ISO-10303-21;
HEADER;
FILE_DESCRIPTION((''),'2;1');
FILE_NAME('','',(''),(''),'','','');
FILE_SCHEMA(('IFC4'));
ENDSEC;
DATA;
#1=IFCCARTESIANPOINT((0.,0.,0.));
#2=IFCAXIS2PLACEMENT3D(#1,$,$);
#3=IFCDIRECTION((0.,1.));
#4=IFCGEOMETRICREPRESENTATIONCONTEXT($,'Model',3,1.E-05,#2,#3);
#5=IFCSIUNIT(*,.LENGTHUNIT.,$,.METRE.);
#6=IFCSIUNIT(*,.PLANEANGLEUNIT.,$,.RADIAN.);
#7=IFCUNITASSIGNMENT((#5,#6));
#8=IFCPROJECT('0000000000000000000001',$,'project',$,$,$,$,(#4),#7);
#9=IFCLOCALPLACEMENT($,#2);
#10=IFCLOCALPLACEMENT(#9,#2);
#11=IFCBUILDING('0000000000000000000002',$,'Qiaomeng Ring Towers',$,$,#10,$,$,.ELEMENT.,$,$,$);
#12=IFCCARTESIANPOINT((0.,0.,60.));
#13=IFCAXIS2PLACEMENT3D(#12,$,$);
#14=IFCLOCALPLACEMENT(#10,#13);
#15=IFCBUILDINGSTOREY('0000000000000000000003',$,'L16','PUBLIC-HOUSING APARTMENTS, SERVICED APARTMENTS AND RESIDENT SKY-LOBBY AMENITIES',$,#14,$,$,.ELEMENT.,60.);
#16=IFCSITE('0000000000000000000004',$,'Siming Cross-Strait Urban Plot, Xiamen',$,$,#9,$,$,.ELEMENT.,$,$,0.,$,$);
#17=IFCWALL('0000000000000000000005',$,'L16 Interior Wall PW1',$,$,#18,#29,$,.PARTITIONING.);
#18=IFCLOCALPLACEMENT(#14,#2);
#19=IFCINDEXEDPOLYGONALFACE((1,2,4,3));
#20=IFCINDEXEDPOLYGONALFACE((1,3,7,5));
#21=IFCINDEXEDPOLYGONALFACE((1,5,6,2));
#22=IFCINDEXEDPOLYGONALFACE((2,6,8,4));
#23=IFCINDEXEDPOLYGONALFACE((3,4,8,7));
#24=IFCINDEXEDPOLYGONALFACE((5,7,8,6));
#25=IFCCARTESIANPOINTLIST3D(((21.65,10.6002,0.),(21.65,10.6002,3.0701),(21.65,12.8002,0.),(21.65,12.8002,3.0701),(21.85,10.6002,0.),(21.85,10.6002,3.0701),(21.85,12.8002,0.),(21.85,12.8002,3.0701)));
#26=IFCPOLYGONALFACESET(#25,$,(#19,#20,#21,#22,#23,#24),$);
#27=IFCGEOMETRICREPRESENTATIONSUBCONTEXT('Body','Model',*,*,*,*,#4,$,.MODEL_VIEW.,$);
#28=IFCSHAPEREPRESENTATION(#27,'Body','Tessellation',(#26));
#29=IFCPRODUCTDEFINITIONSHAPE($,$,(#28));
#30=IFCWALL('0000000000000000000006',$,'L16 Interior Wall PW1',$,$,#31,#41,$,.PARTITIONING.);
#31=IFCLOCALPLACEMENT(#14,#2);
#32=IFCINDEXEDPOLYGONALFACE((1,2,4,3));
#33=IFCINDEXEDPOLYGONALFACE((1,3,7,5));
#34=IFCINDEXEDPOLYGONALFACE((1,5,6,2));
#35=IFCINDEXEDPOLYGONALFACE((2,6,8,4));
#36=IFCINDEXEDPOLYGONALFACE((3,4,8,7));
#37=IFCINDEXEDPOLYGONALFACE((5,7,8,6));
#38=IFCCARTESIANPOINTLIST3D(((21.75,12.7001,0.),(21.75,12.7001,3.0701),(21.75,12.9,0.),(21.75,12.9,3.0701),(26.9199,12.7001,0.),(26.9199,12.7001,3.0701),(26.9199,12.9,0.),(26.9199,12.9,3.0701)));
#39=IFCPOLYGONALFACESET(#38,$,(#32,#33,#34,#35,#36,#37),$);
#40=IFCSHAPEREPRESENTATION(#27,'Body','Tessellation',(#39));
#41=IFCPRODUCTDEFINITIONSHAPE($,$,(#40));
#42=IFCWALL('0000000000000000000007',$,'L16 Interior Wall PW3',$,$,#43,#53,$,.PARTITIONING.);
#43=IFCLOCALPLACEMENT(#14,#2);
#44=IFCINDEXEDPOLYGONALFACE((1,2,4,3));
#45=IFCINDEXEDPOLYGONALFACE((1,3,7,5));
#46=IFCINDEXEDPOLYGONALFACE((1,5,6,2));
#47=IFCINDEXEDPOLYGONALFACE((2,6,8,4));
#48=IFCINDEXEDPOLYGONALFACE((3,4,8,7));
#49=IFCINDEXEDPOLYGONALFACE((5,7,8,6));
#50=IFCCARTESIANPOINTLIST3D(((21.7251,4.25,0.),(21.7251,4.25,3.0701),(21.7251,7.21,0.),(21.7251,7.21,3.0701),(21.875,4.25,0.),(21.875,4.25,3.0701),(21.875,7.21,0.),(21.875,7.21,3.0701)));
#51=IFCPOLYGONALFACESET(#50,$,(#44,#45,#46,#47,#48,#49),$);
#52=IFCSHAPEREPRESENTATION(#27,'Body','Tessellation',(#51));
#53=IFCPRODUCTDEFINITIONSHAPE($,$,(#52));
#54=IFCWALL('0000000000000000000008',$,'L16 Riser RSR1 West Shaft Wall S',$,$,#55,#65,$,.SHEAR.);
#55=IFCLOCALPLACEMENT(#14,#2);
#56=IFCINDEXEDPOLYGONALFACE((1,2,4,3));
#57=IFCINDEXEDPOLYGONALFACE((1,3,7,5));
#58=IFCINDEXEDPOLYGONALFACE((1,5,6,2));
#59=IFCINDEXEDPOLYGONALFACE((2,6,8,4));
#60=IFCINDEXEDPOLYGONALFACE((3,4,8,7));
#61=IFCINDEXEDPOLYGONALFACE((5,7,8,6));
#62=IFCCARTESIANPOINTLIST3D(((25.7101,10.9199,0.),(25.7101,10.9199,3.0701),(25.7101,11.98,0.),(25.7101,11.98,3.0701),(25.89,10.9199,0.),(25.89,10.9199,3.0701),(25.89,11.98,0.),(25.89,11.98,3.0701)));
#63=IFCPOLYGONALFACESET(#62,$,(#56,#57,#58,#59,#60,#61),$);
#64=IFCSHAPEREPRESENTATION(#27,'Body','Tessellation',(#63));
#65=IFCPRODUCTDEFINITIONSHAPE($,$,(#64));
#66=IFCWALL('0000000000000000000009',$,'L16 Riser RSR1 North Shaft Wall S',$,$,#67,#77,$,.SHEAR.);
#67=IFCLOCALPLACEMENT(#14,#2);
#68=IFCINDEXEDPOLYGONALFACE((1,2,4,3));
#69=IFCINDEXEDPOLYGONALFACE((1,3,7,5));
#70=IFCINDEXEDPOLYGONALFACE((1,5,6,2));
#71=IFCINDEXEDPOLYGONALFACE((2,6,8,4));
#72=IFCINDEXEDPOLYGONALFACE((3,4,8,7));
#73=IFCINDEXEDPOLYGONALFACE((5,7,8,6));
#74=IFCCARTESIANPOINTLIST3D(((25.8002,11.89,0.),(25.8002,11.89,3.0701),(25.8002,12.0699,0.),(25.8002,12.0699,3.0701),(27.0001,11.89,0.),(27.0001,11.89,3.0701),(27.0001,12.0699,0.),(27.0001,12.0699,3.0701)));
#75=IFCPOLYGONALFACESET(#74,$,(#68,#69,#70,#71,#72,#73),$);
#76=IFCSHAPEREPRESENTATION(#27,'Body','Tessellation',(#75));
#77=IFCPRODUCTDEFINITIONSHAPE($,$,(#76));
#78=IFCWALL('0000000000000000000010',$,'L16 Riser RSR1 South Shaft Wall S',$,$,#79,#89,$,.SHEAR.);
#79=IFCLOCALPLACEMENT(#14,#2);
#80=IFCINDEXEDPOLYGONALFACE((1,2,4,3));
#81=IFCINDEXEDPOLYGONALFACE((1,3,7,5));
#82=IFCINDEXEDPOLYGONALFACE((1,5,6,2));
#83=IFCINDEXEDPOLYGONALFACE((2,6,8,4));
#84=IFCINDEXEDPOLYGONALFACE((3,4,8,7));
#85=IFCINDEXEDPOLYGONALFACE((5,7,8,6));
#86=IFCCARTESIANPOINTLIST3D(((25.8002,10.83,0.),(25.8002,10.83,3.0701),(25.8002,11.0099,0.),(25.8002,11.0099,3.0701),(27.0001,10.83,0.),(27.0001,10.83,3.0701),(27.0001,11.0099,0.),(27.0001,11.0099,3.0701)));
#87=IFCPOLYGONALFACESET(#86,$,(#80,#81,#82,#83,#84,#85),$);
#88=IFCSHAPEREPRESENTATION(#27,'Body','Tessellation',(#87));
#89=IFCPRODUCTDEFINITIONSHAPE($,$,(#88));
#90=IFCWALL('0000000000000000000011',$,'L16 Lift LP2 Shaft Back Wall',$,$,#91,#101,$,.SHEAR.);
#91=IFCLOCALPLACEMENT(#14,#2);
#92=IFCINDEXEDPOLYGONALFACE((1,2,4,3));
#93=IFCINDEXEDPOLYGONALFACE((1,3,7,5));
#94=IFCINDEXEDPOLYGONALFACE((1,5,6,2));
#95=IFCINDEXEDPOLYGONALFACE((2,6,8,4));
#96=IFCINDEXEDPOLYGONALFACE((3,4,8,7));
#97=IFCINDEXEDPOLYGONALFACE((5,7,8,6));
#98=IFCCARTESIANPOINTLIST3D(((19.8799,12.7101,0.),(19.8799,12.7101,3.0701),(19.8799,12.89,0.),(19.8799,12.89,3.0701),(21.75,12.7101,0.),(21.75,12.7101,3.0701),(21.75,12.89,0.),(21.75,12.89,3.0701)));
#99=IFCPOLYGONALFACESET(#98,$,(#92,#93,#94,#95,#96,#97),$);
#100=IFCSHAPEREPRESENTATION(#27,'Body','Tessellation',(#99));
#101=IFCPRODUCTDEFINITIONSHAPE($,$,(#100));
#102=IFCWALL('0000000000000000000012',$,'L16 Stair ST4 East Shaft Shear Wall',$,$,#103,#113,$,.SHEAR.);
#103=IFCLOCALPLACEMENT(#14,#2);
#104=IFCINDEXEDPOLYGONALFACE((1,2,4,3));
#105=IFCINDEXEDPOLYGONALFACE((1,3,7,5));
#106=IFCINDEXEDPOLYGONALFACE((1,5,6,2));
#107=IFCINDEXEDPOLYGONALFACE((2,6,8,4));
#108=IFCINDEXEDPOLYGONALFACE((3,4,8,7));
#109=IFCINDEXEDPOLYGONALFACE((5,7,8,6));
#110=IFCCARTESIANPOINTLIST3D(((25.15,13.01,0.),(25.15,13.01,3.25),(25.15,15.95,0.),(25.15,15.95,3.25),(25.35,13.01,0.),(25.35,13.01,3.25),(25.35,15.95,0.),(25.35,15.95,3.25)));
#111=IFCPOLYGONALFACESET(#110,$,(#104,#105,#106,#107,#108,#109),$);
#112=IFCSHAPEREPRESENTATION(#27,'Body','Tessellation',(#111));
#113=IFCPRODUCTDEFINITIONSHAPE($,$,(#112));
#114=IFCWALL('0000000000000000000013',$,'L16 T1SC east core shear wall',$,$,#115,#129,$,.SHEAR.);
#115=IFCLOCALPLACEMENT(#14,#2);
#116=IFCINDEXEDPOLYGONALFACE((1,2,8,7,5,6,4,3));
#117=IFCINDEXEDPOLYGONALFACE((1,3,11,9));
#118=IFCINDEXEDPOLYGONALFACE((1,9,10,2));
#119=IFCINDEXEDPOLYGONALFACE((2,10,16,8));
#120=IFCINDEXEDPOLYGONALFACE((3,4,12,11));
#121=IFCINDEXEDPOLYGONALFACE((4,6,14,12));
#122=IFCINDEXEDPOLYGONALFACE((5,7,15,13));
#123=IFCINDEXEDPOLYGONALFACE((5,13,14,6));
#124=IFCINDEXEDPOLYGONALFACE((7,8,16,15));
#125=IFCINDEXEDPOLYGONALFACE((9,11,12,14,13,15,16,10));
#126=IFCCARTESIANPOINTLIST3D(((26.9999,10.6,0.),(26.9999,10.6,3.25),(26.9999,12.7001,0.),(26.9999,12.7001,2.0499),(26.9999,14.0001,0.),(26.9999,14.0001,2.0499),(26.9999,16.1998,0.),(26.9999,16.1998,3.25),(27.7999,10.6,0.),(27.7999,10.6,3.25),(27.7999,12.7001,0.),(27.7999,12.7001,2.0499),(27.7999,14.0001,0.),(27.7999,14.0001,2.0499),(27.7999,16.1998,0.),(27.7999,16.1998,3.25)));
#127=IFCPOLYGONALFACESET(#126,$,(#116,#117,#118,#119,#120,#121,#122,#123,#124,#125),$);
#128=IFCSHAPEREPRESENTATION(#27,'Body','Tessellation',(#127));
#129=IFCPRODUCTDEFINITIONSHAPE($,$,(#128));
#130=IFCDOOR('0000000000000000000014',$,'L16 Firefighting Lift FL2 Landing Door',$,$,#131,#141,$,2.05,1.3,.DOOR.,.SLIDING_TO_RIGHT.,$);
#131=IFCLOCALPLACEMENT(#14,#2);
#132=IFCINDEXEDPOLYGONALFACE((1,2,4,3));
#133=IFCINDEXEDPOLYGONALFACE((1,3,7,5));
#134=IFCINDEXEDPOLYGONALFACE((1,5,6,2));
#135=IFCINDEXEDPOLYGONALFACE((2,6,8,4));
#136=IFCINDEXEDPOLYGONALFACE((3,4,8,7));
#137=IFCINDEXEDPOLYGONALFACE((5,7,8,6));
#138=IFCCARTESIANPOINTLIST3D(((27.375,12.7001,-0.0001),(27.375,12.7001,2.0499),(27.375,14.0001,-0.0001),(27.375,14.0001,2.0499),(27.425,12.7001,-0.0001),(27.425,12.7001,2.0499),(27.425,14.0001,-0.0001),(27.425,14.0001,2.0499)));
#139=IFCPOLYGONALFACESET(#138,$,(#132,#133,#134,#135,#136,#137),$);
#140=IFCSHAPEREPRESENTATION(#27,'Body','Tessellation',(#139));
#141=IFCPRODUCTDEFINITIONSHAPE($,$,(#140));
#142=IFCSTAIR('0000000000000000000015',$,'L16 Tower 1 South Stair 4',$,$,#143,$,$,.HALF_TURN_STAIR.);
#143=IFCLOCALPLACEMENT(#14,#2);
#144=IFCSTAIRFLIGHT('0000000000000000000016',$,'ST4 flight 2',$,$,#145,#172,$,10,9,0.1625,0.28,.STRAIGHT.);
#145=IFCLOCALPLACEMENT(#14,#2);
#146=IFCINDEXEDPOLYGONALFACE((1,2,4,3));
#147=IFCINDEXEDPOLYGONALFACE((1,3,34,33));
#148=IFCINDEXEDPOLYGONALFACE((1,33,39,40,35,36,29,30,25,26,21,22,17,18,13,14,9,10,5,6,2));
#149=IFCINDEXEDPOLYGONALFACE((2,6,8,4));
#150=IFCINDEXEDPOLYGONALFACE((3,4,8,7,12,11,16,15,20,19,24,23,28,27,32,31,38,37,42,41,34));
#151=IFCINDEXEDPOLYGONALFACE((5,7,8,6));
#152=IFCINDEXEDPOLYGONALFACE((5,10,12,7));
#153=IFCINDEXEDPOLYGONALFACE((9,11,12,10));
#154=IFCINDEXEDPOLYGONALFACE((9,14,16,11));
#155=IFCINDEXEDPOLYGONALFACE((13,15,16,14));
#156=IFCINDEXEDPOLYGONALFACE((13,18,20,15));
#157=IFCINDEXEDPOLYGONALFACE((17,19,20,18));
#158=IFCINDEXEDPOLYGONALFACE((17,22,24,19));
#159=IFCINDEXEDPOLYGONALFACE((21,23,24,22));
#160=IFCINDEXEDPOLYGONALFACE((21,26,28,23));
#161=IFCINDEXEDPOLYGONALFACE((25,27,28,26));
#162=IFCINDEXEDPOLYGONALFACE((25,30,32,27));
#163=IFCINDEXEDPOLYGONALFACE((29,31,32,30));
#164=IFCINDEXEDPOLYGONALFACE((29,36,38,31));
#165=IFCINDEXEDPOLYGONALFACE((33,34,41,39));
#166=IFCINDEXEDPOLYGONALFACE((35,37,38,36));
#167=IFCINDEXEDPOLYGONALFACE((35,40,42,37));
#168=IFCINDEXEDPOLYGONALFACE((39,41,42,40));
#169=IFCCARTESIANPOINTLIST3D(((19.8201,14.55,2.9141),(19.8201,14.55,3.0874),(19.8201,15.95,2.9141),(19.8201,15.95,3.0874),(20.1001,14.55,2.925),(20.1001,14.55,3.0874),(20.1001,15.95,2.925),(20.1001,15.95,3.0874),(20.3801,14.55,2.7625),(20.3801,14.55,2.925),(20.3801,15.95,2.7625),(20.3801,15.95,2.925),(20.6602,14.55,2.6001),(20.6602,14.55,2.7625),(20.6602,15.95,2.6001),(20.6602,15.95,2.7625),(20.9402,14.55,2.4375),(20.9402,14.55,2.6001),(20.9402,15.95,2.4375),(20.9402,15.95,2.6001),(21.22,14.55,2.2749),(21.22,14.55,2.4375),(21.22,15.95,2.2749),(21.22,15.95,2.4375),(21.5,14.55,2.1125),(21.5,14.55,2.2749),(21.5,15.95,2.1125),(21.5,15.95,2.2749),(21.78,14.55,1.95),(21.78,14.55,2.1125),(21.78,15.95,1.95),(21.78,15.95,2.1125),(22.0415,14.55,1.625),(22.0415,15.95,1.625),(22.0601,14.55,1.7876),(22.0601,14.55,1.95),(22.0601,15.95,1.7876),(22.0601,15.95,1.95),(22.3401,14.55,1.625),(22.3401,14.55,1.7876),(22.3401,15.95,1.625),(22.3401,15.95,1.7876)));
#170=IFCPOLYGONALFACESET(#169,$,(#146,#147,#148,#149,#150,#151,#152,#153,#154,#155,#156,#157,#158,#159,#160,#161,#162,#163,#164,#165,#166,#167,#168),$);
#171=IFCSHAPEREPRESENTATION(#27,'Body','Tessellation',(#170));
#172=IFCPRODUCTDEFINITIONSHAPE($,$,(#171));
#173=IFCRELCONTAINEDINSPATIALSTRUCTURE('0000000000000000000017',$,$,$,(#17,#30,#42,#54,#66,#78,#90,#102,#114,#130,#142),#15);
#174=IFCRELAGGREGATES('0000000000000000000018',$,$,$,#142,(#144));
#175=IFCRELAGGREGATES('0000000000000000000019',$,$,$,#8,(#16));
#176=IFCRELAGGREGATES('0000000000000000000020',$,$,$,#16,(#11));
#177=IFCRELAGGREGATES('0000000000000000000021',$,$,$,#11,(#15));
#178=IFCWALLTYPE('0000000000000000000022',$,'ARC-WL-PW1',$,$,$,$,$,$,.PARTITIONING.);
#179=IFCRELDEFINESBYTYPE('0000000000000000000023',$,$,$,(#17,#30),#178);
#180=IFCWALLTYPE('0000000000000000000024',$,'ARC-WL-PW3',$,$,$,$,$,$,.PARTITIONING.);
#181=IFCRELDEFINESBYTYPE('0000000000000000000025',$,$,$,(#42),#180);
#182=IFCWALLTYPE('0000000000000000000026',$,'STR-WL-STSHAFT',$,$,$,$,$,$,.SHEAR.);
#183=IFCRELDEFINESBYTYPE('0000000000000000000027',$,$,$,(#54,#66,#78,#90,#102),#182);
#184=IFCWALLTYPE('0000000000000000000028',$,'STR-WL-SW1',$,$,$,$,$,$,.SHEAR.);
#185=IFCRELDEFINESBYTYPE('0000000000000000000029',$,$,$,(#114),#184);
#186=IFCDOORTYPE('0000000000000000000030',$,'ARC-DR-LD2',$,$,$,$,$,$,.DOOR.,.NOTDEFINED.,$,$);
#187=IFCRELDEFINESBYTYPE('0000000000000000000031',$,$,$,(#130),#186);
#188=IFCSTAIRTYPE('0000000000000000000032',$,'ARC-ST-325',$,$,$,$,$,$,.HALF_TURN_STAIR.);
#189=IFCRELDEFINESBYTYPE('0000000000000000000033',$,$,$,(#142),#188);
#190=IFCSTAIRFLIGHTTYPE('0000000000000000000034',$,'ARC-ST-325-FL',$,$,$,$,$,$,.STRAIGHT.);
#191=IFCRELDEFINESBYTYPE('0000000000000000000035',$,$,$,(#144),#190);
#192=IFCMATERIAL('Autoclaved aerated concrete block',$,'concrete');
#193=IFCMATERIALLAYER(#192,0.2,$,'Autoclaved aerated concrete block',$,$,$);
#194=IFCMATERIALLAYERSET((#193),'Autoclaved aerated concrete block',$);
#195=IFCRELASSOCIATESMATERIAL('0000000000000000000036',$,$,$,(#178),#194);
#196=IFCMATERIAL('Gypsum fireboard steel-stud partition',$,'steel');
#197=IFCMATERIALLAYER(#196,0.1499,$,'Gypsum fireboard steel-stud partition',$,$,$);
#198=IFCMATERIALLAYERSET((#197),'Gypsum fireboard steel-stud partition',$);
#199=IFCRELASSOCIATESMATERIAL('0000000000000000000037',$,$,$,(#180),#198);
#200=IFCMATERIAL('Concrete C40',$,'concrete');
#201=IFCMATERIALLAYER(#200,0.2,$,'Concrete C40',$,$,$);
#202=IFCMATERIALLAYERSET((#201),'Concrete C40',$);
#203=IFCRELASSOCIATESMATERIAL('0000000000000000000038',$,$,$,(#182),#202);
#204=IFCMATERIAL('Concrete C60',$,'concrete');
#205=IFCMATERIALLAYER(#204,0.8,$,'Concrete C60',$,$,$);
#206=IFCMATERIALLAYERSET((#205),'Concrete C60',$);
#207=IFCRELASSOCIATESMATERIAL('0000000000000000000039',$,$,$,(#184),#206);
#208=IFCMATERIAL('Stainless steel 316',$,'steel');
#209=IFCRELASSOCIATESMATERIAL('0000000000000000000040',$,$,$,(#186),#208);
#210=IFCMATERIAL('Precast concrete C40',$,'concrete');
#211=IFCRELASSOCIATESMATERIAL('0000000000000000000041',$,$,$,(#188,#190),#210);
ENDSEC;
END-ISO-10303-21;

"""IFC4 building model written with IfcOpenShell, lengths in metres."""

from ifc_helpers import new_model, si_unit, direction, frame, frame_2d, origin, place, context, subcontext, project, spatial, polyline, rectangle, outline, extrude, source, transform, mapped, material, layer, layer_set, type_object, element, fill, aggregate, save


model = new_model("IFC4")

# Units and contexts
model_context = context("Model", 3, precision=1e-05, world=origin(), true_north=direction((0.0, 1.0)))
body_context = subcontext(model_context, "Body", "Model", "MODEL_VIEW")
ifc_project = project(units=[si_unit("LENGTHUNIT", "METRE"), si_unit("PLANEANGLEUNIT", "RADIAN")], contexts=[model_context])

# Site, building, storey
site_placement = place(None, origin())
site = spatial("IfcSite", under=ifc_project, at=site_placement, Name="Siming Cross-Strait Urban Plot, Xiamen", CompositionType="ELEMENT", RefElevation=0.0)
building_placement = place(site_placement, origin())
building = spatial("IfcBuilding", under=site, at=building_placement, Name="Qiaomeng Ring Towers", CompositionType="ELEMENT")
storey_placement = place(building_placement, frame((0.0, 0.0, 60.0)))
storey = spatial("IfcBuildingStorey", under=building, at=storey_placement, Name="L16", Description="PUBLIC-HOUSING APARTMENTS, SERVICED APARTMENTS AND RESIDENT SKY-LOBBY AMENITIES", CompositionType="ELEMENT", Elevation=60.0)

# Shared definitions
ifc_material_1 = material(Name="Autoclaved aerated concrete block", Category="concrete")
ifc_layer_1 = layer(ifc_material_1, 0.2, Name="Autoclaved aerated concrete block")
ifc_layer_set_1 = layer_set([ifc_layer_1], Name="Autoclaved aerated concrete block")
wall_type_1 = type_object("IfcWallType", Name="ARC-WL-PW1", PredefinedType="PARTITIONING", material=ifc_layer_set_1)

# Walls
wall_1_placement = place(storey_placement, frame((21.75, 10.6001, 0.0), z_axis=(0.0, 0.0, 1.0), x_axis=(0.0, 1.0, 0.0)))
element("IfcWall", 1, at=wall_1_placement, inside=storey, type_object=wall_type_1, Name="L16 Interior Wall PW1", PredefinedType="PARTITIONING", context=body_context, shape_type="SweptSolid", body=[
    extrude(rectangle(XDim=2.2, YDim=0.2, at=frame_2d((1.1001, 0.0))), origin(), (0.0, 0.0, 1.0), 3.0701),
])
wall_2_placement = place(storey_placement, frame((21.75, 12.8, 0.0), z_axis=(0.0, 0.0, 1.0), x_axis=(1.0, 0.0, 0.0)))
element("IfcWall", 2, at=wall_2_placement, inside=storey, type_object=wall_type_1, Name="L16 Interior Wall PW1", PredefinedType="PARTITIONING", context=body_context, shape_type="SweptSolid", body=[
    extrude(rectangle(XDim=5.1699, YDim=0.2, at=frame_2d((2.585, 0.0))), origin(), (0.0, 0.0, 1.0), 3.0701),
])
ifc_material_2 = material(Name="Gypsum fireboard steel-stud partition", Category="steel")
ifc_layer_2 = layer(ifc_material_2, 0.1499, Name="Gypsum fireboard steel-stud partition")
ifc_layer_set_2 = layer_set([ifc_layer_2], Name="Gypsum fireboard steel-stud partition")
wall_type_2 = type_object("IfcWallType", Name="ARC-WL-PW3", PredefinedType="PARTITIONING", material=ifc_layer_set_2)
wall_3_placement = place(storey_placement, frame((21.8, 4.25, 0.0), z_axis=(0.0, 0.0, 1.0), x_axis=(0.0, 1.0, 0.0)))
element("IfcWall", 3, at=wall_3_placement, inside=storey, type_object=wall_type_2, Name="L16 Interior Wall PW3", PredefinedType="PARTITIONING", context=body_context, shape_type="SweptSolid", body=[
    extrude(rectangle(XDim=2.96, YDim=0.1499, at=frame_2d((1.48, 0.0))), origin(), (0.0, 0.0, 1.0), 3.0701),
])
ifc_material_3 = material(Name="Concrete C40", Category="concrete")
ifc_layer_3 = layer(ifc_material_3, 0.2, Name="Concrete C40")
ifc_layer_set_3 = layer_set([ifc_layer_3], Name="Concrete C40")
wall_type_3 = type_object("IfcWallType", Name="STR-WL-STSHAFT", PredefinedType="SHEAR", material=ifc_layer_set_3)
wall_4_placement = place(storey_placement, frame((25.8, 10.9199, 0.0), z_axis=(0.0, 0.0, 1.0), x_axis=(0.0, 1.0, 0.0)))
element("IfcWall", 4, at=wall_4_placement, inside=storey, type_object=wall_type_3, Name="L16 Riser RSR1 West Shaft Wall S", PredefinedType="SHEAR", context=body_context, shape_type="SweptSolid", body=[
    extrude(rectangle(XDim=1.0601, YDim=0.1799, at=frame_2d((0.53, 0.0))), origin(), (0.0, 0.0, 1.0), 3.0701),
])
for number, where, z_axis, x_axis, name in (
    (5, (25.8, 11.98, 0.0), (0.0, 0.0, 1.0), (1.0, 0.0, 0.0), "L16 Riser RSR1 North Shaft Wall S"),
    (6, (25.8, 10.9199, 0.0), (0.0, 0.0, 1.0), (1.0, 0.0, 0.0), "L16 Riser RSR1 South Shaft Wall S"),
):
    element("IfcWall", number, at=place(storey_placement, frame(where, z_axis=z_axis, x_axis=x_axis)), inside=storey, type_object=wall_type_3, Name=name, PredefinedType="SHEAR", context=body_context, shape_type="SweptSolid", body=[
        extrude(rectangle(XDim=1.2, YDim=0.1799, at=frame_2d((0.6001, 0.0))), origin(), (0.0, 0.0, 1.0), 3.0701),
    ])
wall_5_placement = place(storey_placement, frame((19.8799, 12.8, 0.0), z_axis=(0.0, 0.0, 1.0), x_axis=(1.0, 0.0, 0.0)))
element("IfcWall", 7, at=wall_5_placement, inside=storey, type_object=wall_type_3, Name="L16 Lift LP2 Shaft Back Wall", PredefinedType="SHEAR", context=body_context, shape_type="SweptSolid", body=[
    extrude(rectangle(XDim=1.8701, YDim=0.1799, at=frame_2d((0.9351, 0.0))), origin(), (0.0, 0.0, 1.0), 3.0701),
])
wall_6_placement = place(storey_placement, frame((25.25, 13.01, 0.0), z_axis=(0.0, 0.0, 1.0), x_axis=(0.0, 1.0, 0.0)))
element("IfcWall", 8, at=wall_6_placement, inside=storey, type_object=wall_type_3, Name="L16 Stair ST4 East Shaft Shear Wall", PredefinedType="SHEAR", context=body_context, shape_type="SweptSolid", body=[
    extrude(rectangle(XDim=2.9399, YDim=0.2, at=frame_2d((1.47, 0.0))), origin(), (0.0, 0.0, 1.0), 3.25),
])

# Wall, opening, door
ifc_material_4 = material(Name="Concrete C60", Category="concrete")
ifc_layer_4 = layer(ifc_material_4, 0.8, Name="Concrete C60")
ifc_layer_set_4 = layer_set([ifc_layer_4], Name="Concrete C60")
wall_type_4 = type_object("IfcWallType", Name="STR-WL-SW1", PredefinedType="SHEAR", material=ifc_layer_set_4)
wall_7_placement = place(storey_placement, frame((27.3999, 10.6001, 0.0), z_axis=(0.0, 0.0, 1.0), x_axis=(0.0, 1.0, 0.0)))
wall_7 = element("IfcWall", 9, at=wall_7_placement, inside=storey, type_object=wall_type_4, Name="L16 T1SC east core shear wall", PredefinedType="SHEAR", context=body_context, shape_type="SweptSolid", body=[
    extrude(rectangle(XDim=5.5999, YDim=0.8, at=frame_2d((2.7998, 0.0))), origin(), (0.0, 0.0, 1.0), 3.25),
])
opening_1_placement = place(wall_7_placement, frame((2.1001, 0.0, 0.0)))
opening_1 = element("IfcOpeningElement", 10, at=opening_1_placement, cuts=wall_7, PredefinedType="OPENING", context=body_context, shape_type="SweptSolid", body=[
    extrude(rectangle(XDim=1.3, YDim=2.05, at=frame_2d((0.6499, 1.0249))), frame((0.0, 0.4099, 0.0), z_axis=(0.0, -1.0, 0.0), x_axis=(1.0, 0.0, 0.0)), (0.0, 0.0, 1.0), 0.8201),
])
ifc_material_5 = material(Name="Stainless steel 316", Category="steel")
door_type_1 = type_object("IfcDoorType", Name="ARC-DR-LD2", OperationType="NOTDEFINED", PredefinedType="DOOR", material=ifc_material_5)
shared_shape_1 = source(origin(), body_context, "Body", "SweptSolid", [
    extrude(rectangle(XDim=1.3, YDim=2.05, at=frame_2d((0.6499, 1.0249))), frame((0.0, 0.0249, 0.0), z_axis=(0.0, -1.0, 0.0), x_axis=(1.0, 0.0, 0.0)), (0.0, 0.0, 1.0), 0.05),
])
door_1_placement = place(opening_1_placement, origin())
door_1 = element("IfcDoor", 11, at=door_1_placement, inside=storey, type_object=door_type_1, Name="L16 Firefighting Lift FL2 Landing Door", OperationType="SLIDING_TO_RIGHT", OverallHeight=2.05, OverallWidth=1.3, PredefinedType="DOOR", context=body_context, shape_type="MappedRepresentation", body=[
    mapped(shared_shape_1, transform((0.0, 0.0, 0.0), x_axis=(1.0, 0.0, 0.0), y_axis=(0.0, 1.0, 0.0), z_axis=(0.0, 0.0, 1.0), scale=1.0)),
])
fill(opening_1, door_1)

# Stair, stair flight
ifc_material_6 = material(Name="Precast concrete C40", Category="concrete")
stair_type = type_object("IfcStairType", Name="ARC-ST-325", PredefinedType="HALF_TURN_STAIR", material=ifc_material_6)
stair_placement = place(storey_placement, origin())
stair = element("IfcStair", 12, at=stair_placement, inside=storey, type_object=stair_type, Name="L16 Tower 1 South Stair 4", PredefinedType="HALF_TURN_STAIR")
stair_flight_type = type_object("IfcStairFlightType", Name="ARC-ST-325-FL", PredefinedType="STRAIGHT", material=ifc_material_6)
shared_shape_2 = source(origin(), body_context, "Body", "SweptSolid", [
    extrude(outline(polyline([(0.0, 0.0), (0.0, 0.1626), (0.28, 0.1626), (0.28, 0.325), (0.5601, 0.325), (0.5601, 0.4875), (0.8401, 0.4875), (0.8401, 0.6499), (1.1201, 0.6499), (1.1201, 0.8125), (1.3999, 0.8125), (1.3999, 0.9751), (1.6799, 0.9751), (1.6799, 1.1375), (1.96, 1.1375), (1.96, 1.3), (2.24, 1.3), (2.24, 1.4624), (2.52, 1.4624), (2.52, 1.625), (2.52, 1.2891), (0.2986, 0.0), (0.0, 0.0)])), frame((0.0, 0.7, 0.0), z_axis=(0.0, -1.0, 0.0), x_axis=(1.0, 0.0, 0.0)), (0.0, 0.0, 1.0), 1.3999),
])
stair_flight_placement = place(storey_placement, frame((22.3401, 15.25, 1.625), z_axis=(0.0, 0.0, 1.0), x_axis=(-1.0, 0.0, 0.0)))
stair_flight = element("IfcStairFlight", 13, at=stair_flight_placement, type_object=stair_flight_type, Name="ST4 flight 2", NumberOfRisers=10, NumberOfTreads=9, PredefinedType="STRAIGHT", RiserHeight=0.1625, TreadLength=0.28, context=body_context, shape_type="MappedRepresentation", body=[
    mapped(shared_shape_2, transform((0.0, 0.0, 0.0), x_axis=(1.0, 0.0, 0.0), y_axis=(0.0, 1.0, 0.0), z_axis=(0.0, 0.0, 1.0), scale=1.0)),
])
aggregate(stair, [stair_flight])

save(model, "model.ifc")
